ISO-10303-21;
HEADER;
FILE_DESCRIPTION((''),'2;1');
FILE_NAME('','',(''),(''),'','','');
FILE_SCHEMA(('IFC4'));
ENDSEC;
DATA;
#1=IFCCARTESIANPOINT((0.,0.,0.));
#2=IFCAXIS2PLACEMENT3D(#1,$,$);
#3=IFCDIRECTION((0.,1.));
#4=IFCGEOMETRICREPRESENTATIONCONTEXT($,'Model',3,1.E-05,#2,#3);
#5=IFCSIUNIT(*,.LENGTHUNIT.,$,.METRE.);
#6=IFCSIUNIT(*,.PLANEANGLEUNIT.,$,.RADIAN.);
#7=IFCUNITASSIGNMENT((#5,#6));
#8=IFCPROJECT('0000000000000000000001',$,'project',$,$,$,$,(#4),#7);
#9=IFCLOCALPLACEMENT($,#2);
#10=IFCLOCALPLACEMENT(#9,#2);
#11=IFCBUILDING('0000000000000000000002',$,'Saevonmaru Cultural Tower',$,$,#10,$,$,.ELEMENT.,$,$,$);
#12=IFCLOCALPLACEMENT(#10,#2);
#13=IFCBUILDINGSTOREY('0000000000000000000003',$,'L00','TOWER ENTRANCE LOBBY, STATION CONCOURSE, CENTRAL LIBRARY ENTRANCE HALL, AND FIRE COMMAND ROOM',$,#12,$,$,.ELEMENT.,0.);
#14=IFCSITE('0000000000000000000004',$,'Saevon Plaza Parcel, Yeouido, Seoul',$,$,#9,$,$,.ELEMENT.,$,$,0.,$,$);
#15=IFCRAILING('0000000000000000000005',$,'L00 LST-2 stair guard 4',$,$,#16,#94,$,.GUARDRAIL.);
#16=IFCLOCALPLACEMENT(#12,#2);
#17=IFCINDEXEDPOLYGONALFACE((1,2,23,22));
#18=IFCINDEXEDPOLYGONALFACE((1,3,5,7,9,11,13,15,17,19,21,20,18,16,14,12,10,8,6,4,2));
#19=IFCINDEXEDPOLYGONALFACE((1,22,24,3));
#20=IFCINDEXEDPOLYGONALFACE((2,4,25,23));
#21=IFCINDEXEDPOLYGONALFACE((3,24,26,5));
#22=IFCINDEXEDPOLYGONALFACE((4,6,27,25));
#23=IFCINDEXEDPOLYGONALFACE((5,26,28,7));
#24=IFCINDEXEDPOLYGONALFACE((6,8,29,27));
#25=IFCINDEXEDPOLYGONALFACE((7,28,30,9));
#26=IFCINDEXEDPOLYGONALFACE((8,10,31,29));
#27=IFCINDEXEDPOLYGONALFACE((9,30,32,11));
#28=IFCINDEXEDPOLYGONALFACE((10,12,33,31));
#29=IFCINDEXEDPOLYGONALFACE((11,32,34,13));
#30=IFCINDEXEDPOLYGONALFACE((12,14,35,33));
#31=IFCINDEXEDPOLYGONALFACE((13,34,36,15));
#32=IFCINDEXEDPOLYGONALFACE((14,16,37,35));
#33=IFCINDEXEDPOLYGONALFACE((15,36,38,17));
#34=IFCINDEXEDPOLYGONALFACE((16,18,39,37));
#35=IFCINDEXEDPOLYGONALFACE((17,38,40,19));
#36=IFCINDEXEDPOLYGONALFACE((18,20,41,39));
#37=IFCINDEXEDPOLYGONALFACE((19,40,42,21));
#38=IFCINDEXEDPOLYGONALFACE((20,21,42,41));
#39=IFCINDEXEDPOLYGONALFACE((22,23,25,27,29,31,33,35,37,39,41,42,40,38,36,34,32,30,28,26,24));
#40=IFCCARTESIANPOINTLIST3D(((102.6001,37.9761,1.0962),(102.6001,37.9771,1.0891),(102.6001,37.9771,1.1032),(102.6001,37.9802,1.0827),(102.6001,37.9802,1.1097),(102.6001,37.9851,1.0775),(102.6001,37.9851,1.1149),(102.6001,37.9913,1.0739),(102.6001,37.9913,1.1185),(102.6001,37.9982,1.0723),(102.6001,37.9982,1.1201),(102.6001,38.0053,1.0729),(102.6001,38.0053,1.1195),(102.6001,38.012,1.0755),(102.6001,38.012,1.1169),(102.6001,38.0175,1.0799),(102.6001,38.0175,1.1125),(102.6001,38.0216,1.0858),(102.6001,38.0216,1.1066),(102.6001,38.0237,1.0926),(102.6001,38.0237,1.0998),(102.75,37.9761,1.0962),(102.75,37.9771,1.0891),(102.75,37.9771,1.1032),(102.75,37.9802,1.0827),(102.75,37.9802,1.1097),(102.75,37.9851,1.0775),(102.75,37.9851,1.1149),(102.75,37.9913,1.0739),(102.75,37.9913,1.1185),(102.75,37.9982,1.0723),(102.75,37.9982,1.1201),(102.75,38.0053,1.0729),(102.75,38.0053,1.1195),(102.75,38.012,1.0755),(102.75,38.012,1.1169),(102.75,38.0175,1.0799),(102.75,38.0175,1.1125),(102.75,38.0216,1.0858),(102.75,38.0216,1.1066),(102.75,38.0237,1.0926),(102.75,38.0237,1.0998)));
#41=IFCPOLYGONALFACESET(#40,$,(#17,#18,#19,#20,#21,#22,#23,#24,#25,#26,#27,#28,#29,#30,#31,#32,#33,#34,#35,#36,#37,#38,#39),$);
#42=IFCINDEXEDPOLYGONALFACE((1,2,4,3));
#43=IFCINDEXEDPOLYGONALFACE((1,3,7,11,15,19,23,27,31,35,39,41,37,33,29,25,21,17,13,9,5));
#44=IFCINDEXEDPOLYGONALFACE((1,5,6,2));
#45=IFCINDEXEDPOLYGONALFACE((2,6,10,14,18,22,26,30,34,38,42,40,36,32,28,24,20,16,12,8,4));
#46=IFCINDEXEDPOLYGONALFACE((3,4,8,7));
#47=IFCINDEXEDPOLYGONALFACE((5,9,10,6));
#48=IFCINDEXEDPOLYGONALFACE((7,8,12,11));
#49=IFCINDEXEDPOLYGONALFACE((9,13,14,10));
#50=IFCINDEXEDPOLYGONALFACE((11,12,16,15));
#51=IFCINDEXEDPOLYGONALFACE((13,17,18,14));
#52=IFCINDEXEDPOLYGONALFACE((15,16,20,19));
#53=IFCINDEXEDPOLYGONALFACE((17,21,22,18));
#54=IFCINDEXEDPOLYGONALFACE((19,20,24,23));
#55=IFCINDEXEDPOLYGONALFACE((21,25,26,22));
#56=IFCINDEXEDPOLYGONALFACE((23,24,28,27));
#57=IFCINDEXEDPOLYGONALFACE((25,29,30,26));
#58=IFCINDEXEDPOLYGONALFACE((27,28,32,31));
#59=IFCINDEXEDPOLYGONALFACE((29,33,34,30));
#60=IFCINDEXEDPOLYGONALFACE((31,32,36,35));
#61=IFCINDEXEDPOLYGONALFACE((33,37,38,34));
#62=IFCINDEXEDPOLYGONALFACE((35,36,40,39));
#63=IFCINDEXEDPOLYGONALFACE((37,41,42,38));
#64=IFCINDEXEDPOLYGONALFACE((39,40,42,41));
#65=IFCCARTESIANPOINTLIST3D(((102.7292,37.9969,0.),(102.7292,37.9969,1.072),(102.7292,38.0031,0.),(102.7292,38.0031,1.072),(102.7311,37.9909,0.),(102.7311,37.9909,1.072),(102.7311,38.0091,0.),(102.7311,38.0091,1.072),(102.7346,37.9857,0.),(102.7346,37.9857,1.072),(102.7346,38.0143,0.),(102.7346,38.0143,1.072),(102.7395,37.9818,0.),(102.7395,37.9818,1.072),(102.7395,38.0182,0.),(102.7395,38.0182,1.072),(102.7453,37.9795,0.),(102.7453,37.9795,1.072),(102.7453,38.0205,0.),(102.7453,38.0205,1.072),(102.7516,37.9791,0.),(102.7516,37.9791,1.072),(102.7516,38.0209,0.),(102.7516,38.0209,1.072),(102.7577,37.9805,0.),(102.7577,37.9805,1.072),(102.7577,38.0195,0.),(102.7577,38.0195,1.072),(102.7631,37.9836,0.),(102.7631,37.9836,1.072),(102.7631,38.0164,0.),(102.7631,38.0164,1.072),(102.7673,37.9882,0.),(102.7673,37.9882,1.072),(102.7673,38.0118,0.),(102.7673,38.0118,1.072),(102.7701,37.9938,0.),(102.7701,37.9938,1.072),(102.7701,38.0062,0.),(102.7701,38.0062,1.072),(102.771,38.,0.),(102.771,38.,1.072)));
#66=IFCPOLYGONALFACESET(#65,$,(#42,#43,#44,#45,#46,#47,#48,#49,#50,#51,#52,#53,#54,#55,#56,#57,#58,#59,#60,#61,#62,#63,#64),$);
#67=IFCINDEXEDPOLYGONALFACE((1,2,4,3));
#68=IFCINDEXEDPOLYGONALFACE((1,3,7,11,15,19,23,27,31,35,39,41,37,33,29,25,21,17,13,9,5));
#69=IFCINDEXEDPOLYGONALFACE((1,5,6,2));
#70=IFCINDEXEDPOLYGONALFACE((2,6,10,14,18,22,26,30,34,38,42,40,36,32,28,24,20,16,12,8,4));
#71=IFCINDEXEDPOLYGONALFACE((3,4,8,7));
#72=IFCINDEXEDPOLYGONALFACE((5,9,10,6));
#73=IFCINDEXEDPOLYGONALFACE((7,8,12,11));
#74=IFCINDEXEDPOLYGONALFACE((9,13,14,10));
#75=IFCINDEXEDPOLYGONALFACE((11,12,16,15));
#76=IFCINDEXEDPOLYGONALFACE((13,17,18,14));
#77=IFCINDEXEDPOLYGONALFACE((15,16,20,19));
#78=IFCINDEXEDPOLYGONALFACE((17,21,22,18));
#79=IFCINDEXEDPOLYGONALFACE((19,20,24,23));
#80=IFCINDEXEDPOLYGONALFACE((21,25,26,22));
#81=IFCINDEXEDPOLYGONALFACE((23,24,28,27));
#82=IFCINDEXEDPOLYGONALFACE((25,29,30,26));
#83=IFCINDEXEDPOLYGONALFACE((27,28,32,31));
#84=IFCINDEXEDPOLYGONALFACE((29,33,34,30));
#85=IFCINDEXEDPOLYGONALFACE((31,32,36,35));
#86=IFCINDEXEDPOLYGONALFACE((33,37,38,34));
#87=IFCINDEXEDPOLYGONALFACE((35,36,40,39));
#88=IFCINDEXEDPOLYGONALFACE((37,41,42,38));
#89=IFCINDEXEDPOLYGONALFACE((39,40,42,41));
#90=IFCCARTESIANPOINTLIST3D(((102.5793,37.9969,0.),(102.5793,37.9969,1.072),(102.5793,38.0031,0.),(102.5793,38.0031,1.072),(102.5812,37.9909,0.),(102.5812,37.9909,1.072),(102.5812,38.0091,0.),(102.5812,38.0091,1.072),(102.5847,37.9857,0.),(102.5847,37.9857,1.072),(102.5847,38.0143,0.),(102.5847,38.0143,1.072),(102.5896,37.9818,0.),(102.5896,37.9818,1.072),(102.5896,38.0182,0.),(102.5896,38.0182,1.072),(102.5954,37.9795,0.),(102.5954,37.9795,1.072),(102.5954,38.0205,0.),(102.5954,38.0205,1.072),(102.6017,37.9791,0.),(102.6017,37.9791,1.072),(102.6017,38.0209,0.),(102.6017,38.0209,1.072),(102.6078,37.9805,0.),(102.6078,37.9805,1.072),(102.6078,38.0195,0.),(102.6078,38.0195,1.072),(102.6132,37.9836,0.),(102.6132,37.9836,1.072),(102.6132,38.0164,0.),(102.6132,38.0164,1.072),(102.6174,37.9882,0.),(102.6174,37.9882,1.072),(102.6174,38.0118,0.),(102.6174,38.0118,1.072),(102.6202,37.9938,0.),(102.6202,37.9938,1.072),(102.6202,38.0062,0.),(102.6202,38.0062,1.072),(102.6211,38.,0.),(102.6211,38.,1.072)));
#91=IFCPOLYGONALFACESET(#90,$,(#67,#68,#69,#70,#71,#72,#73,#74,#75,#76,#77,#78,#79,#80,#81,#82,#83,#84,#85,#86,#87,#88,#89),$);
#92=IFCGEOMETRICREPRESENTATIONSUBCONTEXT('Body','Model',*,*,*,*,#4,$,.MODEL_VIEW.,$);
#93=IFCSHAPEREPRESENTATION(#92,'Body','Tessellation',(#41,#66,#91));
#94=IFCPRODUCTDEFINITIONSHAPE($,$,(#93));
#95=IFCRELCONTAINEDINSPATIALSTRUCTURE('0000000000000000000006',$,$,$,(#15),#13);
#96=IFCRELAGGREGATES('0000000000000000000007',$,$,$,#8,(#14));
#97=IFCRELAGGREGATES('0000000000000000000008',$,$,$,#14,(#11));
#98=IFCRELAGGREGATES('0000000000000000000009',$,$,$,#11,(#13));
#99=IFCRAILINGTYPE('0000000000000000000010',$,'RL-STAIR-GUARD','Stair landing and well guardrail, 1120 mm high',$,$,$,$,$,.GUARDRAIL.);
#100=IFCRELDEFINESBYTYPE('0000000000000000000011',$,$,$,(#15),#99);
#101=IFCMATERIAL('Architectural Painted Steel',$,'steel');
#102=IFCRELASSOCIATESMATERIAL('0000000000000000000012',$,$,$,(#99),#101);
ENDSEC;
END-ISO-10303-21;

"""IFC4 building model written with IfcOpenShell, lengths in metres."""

from ifc_helpers import new_model, si_unit, direction, frame, origin, origin_2d, place, context, subcontext, project, spatial, circle, extrude, material, type_object, element, save


model = new_model("IFC4")

# Units and contexts
model_context = context("Model", 3, precision=1e-05, world=origin(), true_north=direction((0.0, 1.0)))
body_context = subcontext(model_context, "Body", "Model", "MODEL_VIEW")
ifc_project = project(units=[si_unit("LENGTHUNIT", "METRE"), si_unit("PLANEANGLEUNIT", "RADIAN")], contexts=[model_context])

# Site, building, storey
site_placement = place(None, origin())
site = spatial("IfcSite", under=ifc_project, at=site_placement, Name="Saevon Plaza Parcel, Yeouido, Seoul", CompositionType="ELEMENT", RefElevation=0.0)
building_placement = place(site_placement, origin())
building = spatial("IfcBuilding", under=site, at=building_placement, Name="Saevonmaru Cultural Tower", CompositionType="ELEMENT")
storey_placement = place(building_placement, origin())
storey = spatial("IfcBuildingStorey", under=building, at=storey_placement, Name="L00", Description="TOWER ENTRANCE LOBBY, STATION CONCOURSE, CENTRAL LIBRARY ENTRANCE HALL, AND FIRE COMMAND ROOM", CompositionType="ELEMENT", Elevation=0.0)

# Railing
ifc_material_1 = material(Name="Architectural Painted Steel", Category="steel")
railing_type_1 = type_object("IfcRailingType", Name="RL-STAIR-GUARD", Description="Stair landing and well guardrail, 1120 mm high", PredefinedType="GUARDRAIL", material=ifc_material_1)
railing_1_placement = place(storey_placement, frame((102.75, 38.0, 0.0)))
element("IfcRailing", 1, at=railing_1_placement, inside=storey, type_object=railing_type_1, Name="L00 LST-2 stair guard 4", PredefinedType="GUARDRAIL", context=body_context, shape_type="SweptSolid", body=[
    extrude(circle(Radius=0.0239, at=origin_2d()), frame((0.0, 0.0, 1.0962), z_axis=(-1.0, 0.0, 0.0), x_axis=(0.0, -1.0, 0.0)), (0.0, 0.0, 1.0), 0.1499),
    extrude(circle(Radius=0.021, at=origin_2d()), origin(), (0.0, 0.0, 1.0), 1.072),
    extrude(circle(Radius=0.021, at=origin_2d()), frame((-0.1499, 0.0, 0.0)), (0.0, 0.0, 1.0), 1.072),
])

save(model, "model.ifc")
